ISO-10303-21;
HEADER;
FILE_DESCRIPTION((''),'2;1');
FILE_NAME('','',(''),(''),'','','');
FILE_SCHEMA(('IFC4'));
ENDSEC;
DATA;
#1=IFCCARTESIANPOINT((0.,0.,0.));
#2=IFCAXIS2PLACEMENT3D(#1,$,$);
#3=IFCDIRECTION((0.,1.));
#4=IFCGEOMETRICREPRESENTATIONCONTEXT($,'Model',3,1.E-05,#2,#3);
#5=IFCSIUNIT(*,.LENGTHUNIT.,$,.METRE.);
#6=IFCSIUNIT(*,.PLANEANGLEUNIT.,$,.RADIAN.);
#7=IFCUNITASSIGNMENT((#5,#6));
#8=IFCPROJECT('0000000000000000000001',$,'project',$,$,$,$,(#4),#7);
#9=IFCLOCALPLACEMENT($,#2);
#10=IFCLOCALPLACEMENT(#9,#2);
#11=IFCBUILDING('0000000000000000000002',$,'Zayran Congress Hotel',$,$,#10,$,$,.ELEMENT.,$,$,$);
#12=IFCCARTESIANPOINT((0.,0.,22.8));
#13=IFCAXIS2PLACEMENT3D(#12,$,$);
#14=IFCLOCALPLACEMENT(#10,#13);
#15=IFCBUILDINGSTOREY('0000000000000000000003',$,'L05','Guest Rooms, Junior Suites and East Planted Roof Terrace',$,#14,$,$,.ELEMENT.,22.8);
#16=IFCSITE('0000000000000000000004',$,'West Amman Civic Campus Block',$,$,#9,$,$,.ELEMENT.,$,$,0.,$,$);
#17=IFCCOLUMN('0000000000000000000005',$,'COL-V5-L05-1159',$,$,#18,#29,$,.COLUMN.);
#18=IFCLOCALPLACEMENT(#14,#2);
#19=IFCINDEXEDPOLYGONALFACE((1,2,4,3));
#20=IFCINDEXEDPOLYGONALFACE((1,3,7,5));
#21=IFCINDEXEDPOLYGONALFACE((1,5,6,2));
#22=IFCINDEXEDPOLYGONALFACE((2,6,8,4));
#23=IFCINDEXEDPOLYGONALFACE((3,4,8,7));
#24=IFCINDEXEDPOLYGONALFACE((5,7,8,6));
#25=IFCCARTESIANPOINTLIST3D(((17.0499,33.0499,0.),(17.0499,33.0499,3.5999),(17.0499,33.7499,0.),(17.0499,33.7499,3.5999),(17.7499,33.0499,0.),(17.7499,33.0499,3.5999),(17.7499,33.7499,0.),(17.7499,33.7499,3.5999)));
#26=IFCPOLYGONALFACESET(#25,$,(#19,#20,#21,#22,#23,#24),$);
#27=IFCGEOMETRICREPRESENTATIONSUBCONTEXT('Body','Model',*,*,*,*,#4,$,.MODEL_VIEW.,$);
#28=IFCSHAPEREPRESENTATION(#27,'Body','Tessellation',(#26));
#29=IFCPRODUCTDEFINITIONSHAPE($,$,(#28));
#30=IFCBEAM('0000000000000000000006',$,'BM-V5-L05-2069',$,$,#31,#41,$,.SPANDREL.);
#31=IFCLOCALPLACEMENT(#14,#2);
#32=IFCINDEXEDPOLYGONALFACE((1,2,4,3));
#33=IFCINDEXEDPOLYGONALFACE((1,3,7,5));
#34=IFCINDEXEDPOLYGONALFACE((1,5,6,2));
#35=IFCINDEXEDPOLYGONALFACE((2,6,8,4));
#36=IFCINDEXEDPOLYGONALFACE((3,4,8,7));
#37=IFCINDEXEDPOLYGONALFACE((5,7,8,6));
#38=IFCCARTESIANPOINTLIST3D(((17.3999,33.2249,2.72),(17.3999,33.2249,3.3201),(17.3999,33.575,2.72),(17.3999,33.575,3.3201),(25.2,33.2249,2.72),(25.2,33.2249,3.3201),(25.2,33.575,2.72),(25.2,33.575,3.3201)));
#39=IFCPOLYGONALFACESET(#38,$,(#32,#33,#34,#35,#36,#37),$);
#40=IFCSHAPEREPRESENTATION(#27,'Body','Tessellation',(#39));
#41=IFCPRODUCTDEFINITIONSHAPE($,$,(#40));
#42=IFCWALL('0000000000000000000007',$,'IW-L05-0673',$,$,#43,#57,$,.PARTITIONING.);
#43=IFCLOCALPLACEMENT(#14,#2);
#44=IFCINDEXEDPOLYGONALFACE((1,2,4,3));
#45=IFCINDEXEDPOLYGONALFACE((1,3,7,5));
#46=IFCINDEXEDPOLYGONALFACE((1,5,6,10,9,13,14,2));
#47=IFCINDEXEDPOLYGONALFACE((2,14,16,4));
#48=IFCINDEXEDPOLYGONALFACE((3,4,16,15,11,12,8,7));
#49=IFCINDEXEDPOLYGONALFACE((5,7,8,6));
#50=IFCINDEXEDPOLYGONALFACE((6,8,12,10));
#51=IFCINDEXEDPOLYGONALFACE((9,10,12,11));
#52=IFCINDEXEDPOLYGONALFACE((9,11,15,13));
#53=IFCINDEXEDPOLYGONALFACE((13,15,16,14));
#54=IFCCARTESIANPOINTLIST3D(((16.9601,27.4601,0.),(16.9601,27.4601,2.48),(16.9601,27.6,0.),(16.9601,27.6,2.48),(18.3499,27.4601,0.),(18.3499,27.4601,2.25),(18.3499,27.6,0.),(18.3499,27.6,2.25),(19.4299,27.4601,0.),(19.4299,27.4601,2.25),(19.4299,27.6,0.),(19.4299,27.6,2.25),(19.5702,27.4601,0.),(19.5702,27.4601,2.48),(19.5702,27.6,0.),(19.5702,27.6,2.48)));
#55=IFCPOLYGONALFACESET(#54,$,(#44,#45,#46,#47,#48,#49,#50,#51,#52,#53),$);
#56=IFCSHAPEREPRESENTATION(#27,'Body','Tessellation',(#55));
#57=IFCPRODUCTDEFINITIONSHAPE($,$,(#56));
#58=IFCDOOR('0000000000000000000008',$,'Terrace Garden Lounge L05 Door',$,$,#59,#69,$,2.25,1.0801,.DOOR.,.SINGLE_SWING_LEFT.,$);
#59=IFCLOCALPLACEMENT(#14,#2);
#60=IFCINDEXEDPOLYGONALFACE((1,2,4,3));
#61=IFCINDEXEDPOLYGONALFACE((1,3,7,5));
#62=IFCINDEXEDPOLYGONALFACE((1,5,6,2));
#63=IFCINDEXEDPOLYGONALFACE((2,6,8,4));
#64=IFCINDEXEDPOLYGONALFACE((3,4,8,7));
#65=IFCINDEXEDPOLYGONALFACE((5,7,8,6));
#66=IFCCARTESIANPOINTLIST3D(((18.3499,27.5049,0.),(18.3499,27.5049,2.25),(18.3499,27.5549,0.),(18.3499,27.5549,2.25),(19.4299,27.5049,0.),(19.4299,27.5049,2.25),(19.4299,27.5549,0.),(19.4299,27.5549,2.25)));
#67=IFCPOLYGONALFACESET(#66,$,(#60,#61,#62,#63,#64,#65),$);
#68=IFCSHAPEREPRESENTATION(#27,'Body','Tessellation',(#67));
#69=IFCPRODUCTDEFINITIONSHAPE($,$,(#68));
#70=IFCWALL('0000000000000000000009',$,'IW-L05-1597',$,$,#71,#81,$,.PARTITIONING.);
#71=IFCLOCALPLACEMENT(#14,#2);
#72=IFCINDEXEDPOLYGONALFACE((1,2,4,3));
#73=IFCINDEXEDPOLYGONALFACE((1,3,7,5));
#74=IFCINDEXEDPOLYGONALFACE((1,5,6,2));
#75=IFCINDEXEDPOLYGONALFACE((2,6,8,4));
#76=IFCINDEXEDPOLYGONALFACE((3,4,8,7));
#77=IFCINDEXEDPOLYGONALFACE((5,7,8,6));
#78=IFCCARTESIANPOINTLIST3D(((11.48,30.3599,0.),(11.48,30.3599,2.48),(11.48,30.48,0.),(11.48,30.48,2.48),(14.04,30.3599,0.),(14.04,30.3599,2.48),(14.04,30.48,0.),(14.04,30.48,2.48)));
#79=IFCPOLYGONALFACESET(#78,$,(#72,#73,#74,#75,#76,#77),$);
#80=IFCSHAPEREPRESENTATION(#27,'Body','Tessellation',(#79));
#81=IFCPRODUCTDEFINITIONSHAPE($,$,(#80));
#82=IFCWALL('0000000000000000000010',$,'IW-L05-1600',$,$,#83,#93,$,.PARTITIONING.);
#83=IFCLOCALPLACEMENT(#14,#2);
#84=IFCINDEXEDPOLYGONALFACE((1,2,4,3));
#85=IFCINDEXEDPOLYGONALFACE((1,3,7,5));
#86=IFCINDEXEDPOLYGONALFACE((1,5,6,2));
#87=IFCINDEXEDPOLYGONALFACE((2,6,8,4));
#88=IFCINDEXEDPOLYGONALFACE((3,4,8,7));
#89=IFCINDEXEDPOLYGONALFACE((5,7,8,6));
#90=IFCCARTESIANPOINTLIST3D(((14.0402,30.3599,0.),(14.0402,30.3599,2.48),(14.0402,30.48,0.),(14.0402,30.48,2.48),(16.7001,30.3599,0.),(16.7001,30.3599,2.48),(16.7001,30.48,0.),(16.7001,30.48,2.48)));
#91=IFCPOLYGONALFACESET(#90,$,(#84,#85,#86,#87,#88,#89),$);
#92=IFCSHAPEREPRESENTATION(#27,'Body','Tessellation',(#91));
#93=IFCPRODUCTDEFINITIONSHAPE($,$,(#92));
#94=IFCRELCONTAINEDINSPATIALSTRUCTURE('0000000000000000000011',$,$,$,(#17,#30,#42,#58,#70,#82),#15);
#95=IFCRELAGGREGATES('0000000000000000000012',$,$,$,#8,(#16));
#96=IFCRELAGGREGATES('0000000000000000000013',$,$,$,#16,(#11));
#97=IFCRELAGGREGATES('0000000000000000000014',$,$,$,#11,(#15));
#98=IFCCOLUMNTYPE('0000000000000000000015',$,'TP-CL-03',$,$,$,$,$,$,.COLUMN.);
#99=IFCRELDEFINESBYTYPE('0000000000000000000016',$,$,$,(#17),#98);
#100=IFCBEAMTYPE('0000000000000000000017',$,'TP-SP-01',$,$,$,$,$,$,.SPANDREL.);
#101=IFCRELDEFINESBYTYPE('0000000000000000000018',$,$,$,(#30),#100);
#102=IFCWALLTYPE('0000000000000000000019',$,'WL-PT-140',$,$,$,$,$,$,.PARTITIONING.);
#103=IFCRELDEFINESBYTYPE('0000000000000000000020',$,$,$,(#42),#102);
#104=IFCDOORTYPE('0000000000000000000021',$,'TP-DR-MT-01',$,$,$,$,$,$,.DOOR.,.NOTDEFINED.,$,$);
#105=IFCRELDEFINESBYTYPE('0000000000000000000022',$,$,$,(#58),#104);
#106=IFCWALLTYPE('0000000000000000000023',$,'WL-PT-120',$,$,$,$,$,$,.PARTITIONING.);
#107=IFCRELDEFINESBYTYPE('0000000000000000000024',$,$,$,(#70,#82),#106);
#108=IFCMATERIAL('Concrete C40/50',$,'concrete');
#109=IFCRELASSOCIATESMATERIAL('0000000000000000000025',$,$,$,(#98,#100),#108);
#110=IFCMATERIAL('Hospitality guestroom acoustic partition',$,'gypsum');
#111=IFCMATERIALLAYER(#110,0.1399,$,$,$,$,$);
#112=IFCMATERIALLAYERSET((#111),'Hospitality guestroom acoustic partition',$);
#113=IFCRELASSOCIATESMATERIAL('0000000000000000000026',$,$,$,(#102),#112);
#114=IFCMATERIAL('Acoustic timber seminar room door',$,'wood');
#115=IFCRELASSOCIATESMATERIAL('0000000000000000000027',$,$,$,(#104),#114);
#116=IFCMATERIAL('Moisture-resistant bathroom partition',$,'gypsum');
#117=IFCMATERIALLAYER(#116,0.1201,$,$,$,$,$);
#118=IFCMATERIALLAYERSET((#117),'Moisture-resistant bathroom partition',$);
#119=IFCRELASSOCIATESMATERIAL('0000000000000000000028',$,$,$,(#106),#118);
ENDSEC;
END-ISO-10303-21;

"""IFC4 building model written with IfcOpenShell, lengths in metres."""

from ifc_helpers import new_model, si_unit, direction, frame, frame_2d, origin, origin_2d, place, context, subcontext, project, spatial, rectangle, extrude, material, layer, layer_set, material_profile, profile_set, type_object, element, fill, save


model = new_model("IFC4")

# Units and contexts
model_context = context("Model", 3, precision=1e-05, world=origin(), true_north=direction((0.0, 1.0)))
body_context = subcontext(model_context, "Body", "Model", "MODEL_VIEW")
ifc_project = project(units=[si_unit("LENGTHUNIT", "METRE"), si_unit("PLANEANGLEUNIT", "RADIAN")], contexts=[model_context])

# Site, building, storey
site_placement = place(None, origin())
site = spatial("IfcSite", under=ifc_project, at=site_placement, Name="West Amman Civic Campus Block", CompositionType="ELEMENT", RefElevation=0.0)
building_placement = place(site_placement, origin())
building = spatial("IfcBuilding", under=site, at=building_placement, Name="Zayran Congress Hotel", CompositionType="ELEMENT")
storey_placement = place(building_placement, frame((0.0, 0.0, 22.8)))
storey = spatial("IfcBuildingStorey", under=building, at=storey_placement, Name="L05", Description="Guest Rooms, Junior Suites and East Planted Roof Terrace", CompositionType="ELEMENT", Elevation=22.8)

# Column
ifc_material_1 = material(Name="Concrete C40/50", Category="concrete")
ifc_material_profile_1 = material_profile(ifc_material_1, rectangle(XDim=0.7, YDim=0.7, at=origin_2d()), Name="RC 700x700")
ifc_profile_set_1 = profile_set([ifc_material_profile_1], Name="Concrete C40/50")
column_type = type_object("IfcColumnType", Name="TP-CL-03", PredefinedType="COLUMN", material=ifc_profile_set_1)
column_placement = place(storey_placement, frame((17.3999, 33.3999, 0.0), z_axis=(0.0, 0.0, 1.0), x_axis=(1.0, 0.0, 0.0)))
element("IfcColumn", 1, at=column_placement, inside=storey, type_object=column_type, Name="COL-V5-L05-1159", PredefinedType="COLUMN", context=body_context, shape_type="SweptSolid", body=[
    extrude(rectangle(XDim=0.7, YDim=0.7, at=origin_2d()), origin(), (0.0, 0.0, 1.0), 3.5999),
])

# Beam
ifc_material_profile_2 = material_profile(ifc_material_1, rectangle(XDim=0.3501, YDim=0.6001, at=origin_2d()), Name="RC 350x600")
ifc_profile_set_2 = profile_set([ifc_material_profile_2], Name="Concrete C40/50")
beam_type = type_object("IfcBeamType", Name="TP-SP-01", PredefinedType="SPANDREL", material=ifc_profile_set_2)
beam_placement = place(storey_placement, frame((17.3999, 33.3999, 3.02), z_axis=(1.0, 0.0, 0.0), x_axis=(0.0, 1.0, 0.0)))
element("IfcBeam", 2, at=beam_placement, inside=storey, type_object=beam_type, Name="BM-V5-L05-2069", PredefinedType="SPANDREL", context=body_context, shape_type="SweptSolid", body=[
    extrude(rectangle(XDim=0.3501, YDim=0.6001, at=origin_2d()), origin(), (0.0, 0.0, 1.0), 7.8),
])

# Wall, opening, door
ifc_material_2 = material(Name="Hospitality guestroom acoustic partition", Category="gypsum")
ifc_layer_1 = layer(ifc_material_2, 0.1399)
ifc_layer_set_1 = layer_set([ifc_layer_1], Name="Hospitality guestroom acoustic partition")
wall_type_1 = type_object("IfcWallType", Name="WL-PT-140", PredefinedType="PARTITIONING", material=ifc_layer_set_1)
wall_1_placement = place(storey_placement, frame((16.96, 27.53, 0.0), z_axis=(0.0, 0.0, 1.0), x_axis=(1.0, 0.0, 0.0)))
wall_1 = element("IfcWall", 3, at=wall_1_placement, inside=storey, type_object=wall_type_1, Name="IW-L05-0673", PredefinedType="PARTITIONING", context=body_context, shape_type="SweptSolid", body=[
    extrude(rectangle(XDim=2.6101, YDim=0.1399, at=frame_2d((1.3052, 0.0))), origin(), (0.0, 0.0, 1.0), 2.48),
])
opening_1_placement = place(wall_1_placement, frame((1.3899, 0.0, 0.0)))
opening_1 = element("IfcOpeningElement", 4, at=opening_1_placement, cuts=wall_1, PredefinedType="OPENING", context=body_context, shape_type="SweptSolid", body=[
    extrude(rectangle(XDim=1.0801, YDim=2.25, at=frame_2d((0.54, 1.125))), frame((0.0, 0.0798, 0.0), z_axis=(0.0, -1.0, 0.0), x_axis=(1.0, 0.0, 0.0)), (0.0, 0.0, 1.0), 0.1599),
])
ifc_material_3 = material(Name="Acoustic timber seminar room door", Category="wood")
door_type_1 = type_object("IfcDoorType", Name="TP-DR-MT-01", OperationType="NOTDEFINED", PredefinedType="DOOR", material=ifc_material_3)
door_1_placement = place(opening_1_placement, origin())
door_1 = element("IfcDoor", 5, at=door_1_placement, inside=storey, type_object=door_type_1, Name="Terrace Garden Lounge L05 Door", OperationType="SINGLE_SWING_LEFT", OverallHeight=2.25, OverallWidth=1.0801, PredefinedType="DOOR", context=body_context, shape_type="SweptSolid", body=[
    extrude(rectangle(XDim=1.0801, YDim=2.25, at=frame_2d((0.54, 1.125))), frame((0.0, 0.0249, 0.0), z_axis=(0.0, -1.0, 0.0), x_axis=(1.0, 0.0, 0.0)), (0.0, 0.0, 1.0), 0.05),
])
fill(opening_1, door_1)
ifc_material_4 = material(Name="Moisture-resistant bathroom partition", Category="gypsum")
ifc_layer_2 = layer(ifc_material_4, 0.1201)
ifc_layer_set_2 = layer_set([ifc_layer_2], Name="Moisture-resistant bathroom partition")
wall_type_2 = type_object("IfcWallType", Name="WL-PT-120", PredefinedType="PARTITIONING", material=ifc_layer_set_2)

# Walls
wall_2_placement = place(storey_placement, frame((11.48, 30.4199, 0.0), z_axis=(0.0, 0.0, 1.0), x_axis=(1.0, 0.0, 0.0)))
element("IfcWall", 6, at=wall_2_placement, inside=storey, type_object=wall_type_2, Name="IW-L05-1597", PredefinedType="PARTITIONING", context=body_context, shape_type="SweptSolid", body=[
    extrude(rectangle(XDim=2.5601, YDim=0.1201, at=frame_2d((1.28, 0.0))), origin(), (0.0, 0.0, 1.0), 2.48),
])
wall_3_placement = place(storey_placement, frame((14.04, 30.4199, 0.0), z_axis=(0.0, 0.0, 1.0), x_axis=(1.0, 0.0, 0.0)))
element("IfcWall", 7, at=wall_3_placement, inside=storey, type_object=wall_type_2, Name="IW-L05-1600", PredefinedType="PARTITIONING", context=body_context, shape_type="SweptSolid", body=[
    extrude(rectangle(XDim=2.6599, YDim=0.1201, at=frame_2d((1.3301, 0.0))), origin(), (0.0, 0.0, 1.0), 2.48),
])

save(model, "model.ifc")
